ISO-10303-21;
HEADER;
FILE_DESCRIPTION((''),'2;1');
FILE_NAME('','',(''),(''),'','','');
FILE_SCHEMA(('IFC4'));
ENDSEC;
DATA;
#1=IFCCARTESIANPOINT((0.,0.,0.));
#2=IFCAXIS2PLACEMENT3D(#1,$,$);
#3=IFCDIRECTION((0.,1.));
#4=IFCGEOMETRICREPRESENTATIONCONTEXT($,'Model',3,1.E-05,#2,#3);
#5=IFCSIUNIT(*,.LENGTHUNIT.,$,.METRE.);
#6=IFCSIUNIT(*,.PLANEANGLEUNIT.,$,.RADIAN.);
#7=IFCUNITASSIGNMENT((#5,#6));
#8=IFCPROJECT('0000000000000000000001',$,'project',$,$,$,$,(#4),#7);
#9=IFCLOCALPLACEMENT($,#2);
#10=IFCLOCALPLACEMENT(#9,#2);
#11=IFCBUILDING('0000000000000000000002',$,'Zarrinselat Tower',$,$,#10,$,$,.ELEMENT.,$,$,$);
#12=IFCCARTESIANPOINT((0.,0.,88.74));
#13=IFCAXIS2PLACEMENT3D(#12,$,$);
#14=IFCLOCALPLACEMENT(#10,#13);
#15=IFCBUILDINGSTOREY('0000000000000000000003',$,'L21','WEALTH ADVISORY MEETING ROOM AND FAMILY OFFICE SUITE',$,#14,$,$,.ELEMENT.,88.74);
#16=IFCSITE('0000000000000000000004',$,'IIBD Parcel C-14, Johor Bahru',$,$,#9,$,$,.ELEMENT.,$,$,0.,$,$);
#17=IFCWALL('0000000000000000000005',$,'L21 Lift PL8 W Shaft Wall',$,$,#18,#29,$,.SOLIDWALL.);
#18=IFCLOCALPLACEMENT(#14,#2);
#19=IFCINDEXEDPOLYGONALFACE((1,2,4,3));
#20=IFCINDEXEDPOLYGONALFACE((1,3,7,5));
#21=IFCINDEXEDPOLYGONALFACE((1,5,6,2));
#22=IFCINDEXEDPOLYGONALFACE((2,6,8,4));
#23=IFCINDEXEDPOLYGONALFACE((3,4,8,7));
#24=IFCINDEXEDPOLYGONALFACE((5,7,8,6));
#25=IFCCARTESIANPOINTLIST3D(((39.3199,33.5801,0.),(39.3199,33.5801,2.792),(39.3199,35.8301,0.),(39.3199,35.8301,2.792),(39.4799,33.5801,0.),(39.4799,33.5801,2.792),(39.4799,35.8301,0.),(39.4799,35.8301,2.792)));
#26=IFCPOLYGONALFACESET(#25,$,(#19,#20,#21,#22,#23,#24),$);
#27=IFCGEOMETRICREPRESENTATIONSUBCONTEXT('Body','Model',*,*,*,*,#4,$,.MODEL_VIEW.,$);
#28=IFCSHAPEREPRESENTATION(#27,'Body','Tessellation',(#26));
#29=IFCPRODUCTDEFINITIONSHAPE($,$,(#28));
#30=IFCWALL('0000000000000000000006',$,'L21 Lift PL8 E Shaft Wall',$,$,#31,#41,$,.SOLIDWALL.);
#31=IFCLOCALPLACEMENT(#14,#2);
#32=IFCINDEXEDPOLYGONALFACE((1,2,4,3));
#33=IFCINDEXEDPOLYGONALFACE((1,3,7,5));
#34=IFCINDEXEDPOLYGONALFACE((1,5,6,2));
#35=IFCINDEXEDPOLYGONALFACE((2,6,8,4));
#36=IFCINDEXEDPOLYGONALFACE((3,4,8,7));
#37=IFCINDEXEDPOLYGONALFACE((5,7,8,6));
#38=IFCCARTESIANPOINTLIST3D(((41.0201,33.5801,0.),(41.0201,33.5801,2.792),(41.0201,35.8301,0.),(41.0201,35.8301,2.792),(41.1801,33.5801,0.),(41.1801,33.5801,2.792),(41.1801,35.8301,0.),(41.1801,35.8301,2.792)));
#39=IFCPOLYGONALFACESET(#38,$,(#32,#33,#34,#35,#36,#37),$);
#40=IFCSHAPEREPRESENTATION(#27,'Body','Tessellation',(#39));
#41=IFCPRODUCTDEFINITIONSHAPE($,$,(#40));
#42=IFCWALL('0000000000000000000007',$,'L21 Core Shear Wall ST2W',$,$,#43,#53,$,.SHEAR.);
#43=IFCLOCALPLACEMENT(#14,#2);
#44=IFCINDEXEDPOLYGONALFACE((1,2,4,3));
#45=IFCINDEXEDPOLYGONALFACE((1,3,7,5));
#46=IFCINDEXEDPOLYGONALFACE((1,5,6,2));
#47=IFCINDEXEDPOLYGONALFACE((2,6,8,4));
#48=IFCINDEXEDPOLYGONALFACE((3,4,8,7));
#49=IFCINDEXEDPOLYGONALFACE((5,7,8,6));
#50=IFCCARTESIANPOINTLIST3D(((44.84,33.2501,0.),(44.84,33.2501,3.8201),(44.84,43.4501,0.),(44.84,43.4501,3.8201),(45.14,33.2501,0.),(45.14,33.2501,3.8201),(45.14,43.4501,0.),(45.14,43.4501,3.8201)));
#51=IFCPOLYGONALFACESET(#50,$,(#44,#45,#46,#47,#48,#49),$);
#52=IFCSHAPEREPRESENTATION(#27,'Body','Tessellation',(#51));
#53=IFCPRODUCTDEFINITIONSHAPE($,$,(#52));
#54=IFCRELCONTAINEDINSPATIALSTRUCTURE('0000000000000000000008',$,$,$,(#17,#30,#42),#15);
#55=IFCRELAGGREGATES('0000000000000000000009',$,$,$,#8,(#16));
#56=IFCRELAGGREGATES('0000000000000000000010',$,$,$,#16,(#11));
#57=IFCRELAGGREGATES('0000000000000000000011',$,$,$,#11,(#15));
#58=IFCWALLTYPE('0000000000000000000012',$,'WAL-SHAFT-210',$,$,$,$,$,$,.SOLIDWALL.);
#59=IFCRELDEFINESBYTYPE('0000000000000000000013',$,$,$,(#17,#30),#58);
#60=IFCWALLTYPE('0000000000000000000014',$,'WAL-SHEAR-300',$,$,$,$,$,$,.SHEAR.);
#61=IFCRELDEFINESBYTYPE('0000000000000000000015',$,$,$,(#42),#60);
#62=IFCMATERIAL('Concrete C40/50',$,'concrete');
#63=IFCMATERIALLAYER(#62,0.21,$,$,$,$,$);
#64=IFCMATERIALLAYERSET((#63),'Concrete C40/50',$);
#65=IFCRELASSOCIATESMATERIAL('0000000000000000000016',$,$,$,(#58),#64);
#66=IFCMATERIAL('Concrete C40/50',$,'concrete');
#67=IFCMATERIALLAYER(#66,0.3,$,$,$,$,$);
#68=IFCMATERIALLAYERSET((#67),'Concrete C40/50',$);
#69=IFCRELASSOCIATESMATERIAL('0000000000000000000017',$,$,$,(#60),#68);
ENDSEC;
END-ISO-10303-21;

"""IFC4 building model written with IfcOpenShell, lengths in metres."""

from ifc_helpers import new_model, si_unit, direction, frame, frame_2d, origin, place, context, subcontext, project, spatial, rectangle, extrude, material, layer, layer_set, type_object, element, save


model = new_model("IFC4")

# Units and contexts
model_context = context("Model", 3, precision=1e-05, world=origin(), true_north=direction((0.0, 1.0)))
body_context = subcontext(model_context, "Body", "Model", "MODEL_VIEW")
ifc_project = project(units=[si_unit("LENGTHUNIT", "METRE"), si_unit("PLANEANGLEUNIT", "RADIAN")], contexts=[model_context])

# Site, building, storey
site_placement = place(None, origin())
site = spatial("IfcSite", under=ifc_project, at=site_placement, Name="IIBD Parcel C-14, Johor Bahru", CompositionType="ELEMENT", RefElevation=0.0)
building_placement = place(site_placement, origin())
building = spatial("IfcBuilding", under=site, at=building_placement, Name="Zarrinselat Tower", CompositionType="ELEMENT")
storey_placement = place(building_placement, frame((0.0, 0.0, 88.74)))
storey = spatial("IfcBuildingStorey", under=building, at=storey_placement, Name="L21", Description="WEALTH ADVISORY MEETING ROOM AND FAMILY OFFICE SUITE", CompositionType="ELEMENT", Elevation=88.74)

# Walls
ifc_material_1 = material(Name="Concrete C40/50", Category="concrete")
ifc_layer_1 = layer(ifc_material_1, 0.21)
ifc_layer_set_1 = layer_set([ifc_layer_1], Name="Concrete C40/50")
wall_type_1 = type_object("IfcWallType", Name="WAL-SHAFT-210", PredefinedType="SOLIDWALL", material=ifc_layer_set_1)
for number, where, z_axis, x_axis, name in (
    (1, (39.3999, 33.5801, 0.0), (0.0, 0.0, 1.0), (0.0, 1.0, 0.0), "L21 Lift PL8 W Shaft Wall"),
    (2, (41.1001, 33.5801, 0.0), (0.0, 0.0, 1.0), (0.0, 1.0, 0.0), "L21 Lift PL8 E Shaft Wall"),
):
    element("IfcWall", number, at=place(storey_placement, frame(where, z_axis=z_axis, x_axis=x_axis)), inside=storey, type_object=wall_type_1, Name=name, PredefinedType="SOLIDWALL", context=body_context, shape_type="SweptSolid", body=[
        extrude(rectangle(XDim=2.25, YDim=0.1599, at=frame_2d((1.125, 0.0))), origin(), (0.0, 0.0, 1.0), 2.792),
    ])
ifc_material_2 = material(Name="Concrete C40/50", Category="concrete")
ifc_layer_2 = layer(ifc_material_2, 0.3)
ifc_layer_set_2 = layer_set([ifc_layer_2], Name="Concrete C40/50")
wall_type_2 = type_object("IfcWallType", Name="WAL-SHEAR-300", PredefinedType="SHEAR", material=ifc_layer_set_2)
wall_1_placement = place(storey_placement, frame((44.99, 33.25, 0.0), z_axis=(0.0, 0.0, 1.0), x_axis=(0.0, 1.0, 0.0)))
element("IfcWall", 3, at=wall_1_placement, inside=storey, type_object=wall_type_2, Name="L21 Core Shear Wall ST2W", PredefinedType="SHEAR", context=body_context, shape_type="SweptSolid", body=[
    extrude(rectangle(XDim=10.2, YDim=0.3, at=frame_2d((5.1001, 0.0))), origin(), (0.0, 0.0, 1.0), 3.8201),
])

save(model, "model.ifc")
